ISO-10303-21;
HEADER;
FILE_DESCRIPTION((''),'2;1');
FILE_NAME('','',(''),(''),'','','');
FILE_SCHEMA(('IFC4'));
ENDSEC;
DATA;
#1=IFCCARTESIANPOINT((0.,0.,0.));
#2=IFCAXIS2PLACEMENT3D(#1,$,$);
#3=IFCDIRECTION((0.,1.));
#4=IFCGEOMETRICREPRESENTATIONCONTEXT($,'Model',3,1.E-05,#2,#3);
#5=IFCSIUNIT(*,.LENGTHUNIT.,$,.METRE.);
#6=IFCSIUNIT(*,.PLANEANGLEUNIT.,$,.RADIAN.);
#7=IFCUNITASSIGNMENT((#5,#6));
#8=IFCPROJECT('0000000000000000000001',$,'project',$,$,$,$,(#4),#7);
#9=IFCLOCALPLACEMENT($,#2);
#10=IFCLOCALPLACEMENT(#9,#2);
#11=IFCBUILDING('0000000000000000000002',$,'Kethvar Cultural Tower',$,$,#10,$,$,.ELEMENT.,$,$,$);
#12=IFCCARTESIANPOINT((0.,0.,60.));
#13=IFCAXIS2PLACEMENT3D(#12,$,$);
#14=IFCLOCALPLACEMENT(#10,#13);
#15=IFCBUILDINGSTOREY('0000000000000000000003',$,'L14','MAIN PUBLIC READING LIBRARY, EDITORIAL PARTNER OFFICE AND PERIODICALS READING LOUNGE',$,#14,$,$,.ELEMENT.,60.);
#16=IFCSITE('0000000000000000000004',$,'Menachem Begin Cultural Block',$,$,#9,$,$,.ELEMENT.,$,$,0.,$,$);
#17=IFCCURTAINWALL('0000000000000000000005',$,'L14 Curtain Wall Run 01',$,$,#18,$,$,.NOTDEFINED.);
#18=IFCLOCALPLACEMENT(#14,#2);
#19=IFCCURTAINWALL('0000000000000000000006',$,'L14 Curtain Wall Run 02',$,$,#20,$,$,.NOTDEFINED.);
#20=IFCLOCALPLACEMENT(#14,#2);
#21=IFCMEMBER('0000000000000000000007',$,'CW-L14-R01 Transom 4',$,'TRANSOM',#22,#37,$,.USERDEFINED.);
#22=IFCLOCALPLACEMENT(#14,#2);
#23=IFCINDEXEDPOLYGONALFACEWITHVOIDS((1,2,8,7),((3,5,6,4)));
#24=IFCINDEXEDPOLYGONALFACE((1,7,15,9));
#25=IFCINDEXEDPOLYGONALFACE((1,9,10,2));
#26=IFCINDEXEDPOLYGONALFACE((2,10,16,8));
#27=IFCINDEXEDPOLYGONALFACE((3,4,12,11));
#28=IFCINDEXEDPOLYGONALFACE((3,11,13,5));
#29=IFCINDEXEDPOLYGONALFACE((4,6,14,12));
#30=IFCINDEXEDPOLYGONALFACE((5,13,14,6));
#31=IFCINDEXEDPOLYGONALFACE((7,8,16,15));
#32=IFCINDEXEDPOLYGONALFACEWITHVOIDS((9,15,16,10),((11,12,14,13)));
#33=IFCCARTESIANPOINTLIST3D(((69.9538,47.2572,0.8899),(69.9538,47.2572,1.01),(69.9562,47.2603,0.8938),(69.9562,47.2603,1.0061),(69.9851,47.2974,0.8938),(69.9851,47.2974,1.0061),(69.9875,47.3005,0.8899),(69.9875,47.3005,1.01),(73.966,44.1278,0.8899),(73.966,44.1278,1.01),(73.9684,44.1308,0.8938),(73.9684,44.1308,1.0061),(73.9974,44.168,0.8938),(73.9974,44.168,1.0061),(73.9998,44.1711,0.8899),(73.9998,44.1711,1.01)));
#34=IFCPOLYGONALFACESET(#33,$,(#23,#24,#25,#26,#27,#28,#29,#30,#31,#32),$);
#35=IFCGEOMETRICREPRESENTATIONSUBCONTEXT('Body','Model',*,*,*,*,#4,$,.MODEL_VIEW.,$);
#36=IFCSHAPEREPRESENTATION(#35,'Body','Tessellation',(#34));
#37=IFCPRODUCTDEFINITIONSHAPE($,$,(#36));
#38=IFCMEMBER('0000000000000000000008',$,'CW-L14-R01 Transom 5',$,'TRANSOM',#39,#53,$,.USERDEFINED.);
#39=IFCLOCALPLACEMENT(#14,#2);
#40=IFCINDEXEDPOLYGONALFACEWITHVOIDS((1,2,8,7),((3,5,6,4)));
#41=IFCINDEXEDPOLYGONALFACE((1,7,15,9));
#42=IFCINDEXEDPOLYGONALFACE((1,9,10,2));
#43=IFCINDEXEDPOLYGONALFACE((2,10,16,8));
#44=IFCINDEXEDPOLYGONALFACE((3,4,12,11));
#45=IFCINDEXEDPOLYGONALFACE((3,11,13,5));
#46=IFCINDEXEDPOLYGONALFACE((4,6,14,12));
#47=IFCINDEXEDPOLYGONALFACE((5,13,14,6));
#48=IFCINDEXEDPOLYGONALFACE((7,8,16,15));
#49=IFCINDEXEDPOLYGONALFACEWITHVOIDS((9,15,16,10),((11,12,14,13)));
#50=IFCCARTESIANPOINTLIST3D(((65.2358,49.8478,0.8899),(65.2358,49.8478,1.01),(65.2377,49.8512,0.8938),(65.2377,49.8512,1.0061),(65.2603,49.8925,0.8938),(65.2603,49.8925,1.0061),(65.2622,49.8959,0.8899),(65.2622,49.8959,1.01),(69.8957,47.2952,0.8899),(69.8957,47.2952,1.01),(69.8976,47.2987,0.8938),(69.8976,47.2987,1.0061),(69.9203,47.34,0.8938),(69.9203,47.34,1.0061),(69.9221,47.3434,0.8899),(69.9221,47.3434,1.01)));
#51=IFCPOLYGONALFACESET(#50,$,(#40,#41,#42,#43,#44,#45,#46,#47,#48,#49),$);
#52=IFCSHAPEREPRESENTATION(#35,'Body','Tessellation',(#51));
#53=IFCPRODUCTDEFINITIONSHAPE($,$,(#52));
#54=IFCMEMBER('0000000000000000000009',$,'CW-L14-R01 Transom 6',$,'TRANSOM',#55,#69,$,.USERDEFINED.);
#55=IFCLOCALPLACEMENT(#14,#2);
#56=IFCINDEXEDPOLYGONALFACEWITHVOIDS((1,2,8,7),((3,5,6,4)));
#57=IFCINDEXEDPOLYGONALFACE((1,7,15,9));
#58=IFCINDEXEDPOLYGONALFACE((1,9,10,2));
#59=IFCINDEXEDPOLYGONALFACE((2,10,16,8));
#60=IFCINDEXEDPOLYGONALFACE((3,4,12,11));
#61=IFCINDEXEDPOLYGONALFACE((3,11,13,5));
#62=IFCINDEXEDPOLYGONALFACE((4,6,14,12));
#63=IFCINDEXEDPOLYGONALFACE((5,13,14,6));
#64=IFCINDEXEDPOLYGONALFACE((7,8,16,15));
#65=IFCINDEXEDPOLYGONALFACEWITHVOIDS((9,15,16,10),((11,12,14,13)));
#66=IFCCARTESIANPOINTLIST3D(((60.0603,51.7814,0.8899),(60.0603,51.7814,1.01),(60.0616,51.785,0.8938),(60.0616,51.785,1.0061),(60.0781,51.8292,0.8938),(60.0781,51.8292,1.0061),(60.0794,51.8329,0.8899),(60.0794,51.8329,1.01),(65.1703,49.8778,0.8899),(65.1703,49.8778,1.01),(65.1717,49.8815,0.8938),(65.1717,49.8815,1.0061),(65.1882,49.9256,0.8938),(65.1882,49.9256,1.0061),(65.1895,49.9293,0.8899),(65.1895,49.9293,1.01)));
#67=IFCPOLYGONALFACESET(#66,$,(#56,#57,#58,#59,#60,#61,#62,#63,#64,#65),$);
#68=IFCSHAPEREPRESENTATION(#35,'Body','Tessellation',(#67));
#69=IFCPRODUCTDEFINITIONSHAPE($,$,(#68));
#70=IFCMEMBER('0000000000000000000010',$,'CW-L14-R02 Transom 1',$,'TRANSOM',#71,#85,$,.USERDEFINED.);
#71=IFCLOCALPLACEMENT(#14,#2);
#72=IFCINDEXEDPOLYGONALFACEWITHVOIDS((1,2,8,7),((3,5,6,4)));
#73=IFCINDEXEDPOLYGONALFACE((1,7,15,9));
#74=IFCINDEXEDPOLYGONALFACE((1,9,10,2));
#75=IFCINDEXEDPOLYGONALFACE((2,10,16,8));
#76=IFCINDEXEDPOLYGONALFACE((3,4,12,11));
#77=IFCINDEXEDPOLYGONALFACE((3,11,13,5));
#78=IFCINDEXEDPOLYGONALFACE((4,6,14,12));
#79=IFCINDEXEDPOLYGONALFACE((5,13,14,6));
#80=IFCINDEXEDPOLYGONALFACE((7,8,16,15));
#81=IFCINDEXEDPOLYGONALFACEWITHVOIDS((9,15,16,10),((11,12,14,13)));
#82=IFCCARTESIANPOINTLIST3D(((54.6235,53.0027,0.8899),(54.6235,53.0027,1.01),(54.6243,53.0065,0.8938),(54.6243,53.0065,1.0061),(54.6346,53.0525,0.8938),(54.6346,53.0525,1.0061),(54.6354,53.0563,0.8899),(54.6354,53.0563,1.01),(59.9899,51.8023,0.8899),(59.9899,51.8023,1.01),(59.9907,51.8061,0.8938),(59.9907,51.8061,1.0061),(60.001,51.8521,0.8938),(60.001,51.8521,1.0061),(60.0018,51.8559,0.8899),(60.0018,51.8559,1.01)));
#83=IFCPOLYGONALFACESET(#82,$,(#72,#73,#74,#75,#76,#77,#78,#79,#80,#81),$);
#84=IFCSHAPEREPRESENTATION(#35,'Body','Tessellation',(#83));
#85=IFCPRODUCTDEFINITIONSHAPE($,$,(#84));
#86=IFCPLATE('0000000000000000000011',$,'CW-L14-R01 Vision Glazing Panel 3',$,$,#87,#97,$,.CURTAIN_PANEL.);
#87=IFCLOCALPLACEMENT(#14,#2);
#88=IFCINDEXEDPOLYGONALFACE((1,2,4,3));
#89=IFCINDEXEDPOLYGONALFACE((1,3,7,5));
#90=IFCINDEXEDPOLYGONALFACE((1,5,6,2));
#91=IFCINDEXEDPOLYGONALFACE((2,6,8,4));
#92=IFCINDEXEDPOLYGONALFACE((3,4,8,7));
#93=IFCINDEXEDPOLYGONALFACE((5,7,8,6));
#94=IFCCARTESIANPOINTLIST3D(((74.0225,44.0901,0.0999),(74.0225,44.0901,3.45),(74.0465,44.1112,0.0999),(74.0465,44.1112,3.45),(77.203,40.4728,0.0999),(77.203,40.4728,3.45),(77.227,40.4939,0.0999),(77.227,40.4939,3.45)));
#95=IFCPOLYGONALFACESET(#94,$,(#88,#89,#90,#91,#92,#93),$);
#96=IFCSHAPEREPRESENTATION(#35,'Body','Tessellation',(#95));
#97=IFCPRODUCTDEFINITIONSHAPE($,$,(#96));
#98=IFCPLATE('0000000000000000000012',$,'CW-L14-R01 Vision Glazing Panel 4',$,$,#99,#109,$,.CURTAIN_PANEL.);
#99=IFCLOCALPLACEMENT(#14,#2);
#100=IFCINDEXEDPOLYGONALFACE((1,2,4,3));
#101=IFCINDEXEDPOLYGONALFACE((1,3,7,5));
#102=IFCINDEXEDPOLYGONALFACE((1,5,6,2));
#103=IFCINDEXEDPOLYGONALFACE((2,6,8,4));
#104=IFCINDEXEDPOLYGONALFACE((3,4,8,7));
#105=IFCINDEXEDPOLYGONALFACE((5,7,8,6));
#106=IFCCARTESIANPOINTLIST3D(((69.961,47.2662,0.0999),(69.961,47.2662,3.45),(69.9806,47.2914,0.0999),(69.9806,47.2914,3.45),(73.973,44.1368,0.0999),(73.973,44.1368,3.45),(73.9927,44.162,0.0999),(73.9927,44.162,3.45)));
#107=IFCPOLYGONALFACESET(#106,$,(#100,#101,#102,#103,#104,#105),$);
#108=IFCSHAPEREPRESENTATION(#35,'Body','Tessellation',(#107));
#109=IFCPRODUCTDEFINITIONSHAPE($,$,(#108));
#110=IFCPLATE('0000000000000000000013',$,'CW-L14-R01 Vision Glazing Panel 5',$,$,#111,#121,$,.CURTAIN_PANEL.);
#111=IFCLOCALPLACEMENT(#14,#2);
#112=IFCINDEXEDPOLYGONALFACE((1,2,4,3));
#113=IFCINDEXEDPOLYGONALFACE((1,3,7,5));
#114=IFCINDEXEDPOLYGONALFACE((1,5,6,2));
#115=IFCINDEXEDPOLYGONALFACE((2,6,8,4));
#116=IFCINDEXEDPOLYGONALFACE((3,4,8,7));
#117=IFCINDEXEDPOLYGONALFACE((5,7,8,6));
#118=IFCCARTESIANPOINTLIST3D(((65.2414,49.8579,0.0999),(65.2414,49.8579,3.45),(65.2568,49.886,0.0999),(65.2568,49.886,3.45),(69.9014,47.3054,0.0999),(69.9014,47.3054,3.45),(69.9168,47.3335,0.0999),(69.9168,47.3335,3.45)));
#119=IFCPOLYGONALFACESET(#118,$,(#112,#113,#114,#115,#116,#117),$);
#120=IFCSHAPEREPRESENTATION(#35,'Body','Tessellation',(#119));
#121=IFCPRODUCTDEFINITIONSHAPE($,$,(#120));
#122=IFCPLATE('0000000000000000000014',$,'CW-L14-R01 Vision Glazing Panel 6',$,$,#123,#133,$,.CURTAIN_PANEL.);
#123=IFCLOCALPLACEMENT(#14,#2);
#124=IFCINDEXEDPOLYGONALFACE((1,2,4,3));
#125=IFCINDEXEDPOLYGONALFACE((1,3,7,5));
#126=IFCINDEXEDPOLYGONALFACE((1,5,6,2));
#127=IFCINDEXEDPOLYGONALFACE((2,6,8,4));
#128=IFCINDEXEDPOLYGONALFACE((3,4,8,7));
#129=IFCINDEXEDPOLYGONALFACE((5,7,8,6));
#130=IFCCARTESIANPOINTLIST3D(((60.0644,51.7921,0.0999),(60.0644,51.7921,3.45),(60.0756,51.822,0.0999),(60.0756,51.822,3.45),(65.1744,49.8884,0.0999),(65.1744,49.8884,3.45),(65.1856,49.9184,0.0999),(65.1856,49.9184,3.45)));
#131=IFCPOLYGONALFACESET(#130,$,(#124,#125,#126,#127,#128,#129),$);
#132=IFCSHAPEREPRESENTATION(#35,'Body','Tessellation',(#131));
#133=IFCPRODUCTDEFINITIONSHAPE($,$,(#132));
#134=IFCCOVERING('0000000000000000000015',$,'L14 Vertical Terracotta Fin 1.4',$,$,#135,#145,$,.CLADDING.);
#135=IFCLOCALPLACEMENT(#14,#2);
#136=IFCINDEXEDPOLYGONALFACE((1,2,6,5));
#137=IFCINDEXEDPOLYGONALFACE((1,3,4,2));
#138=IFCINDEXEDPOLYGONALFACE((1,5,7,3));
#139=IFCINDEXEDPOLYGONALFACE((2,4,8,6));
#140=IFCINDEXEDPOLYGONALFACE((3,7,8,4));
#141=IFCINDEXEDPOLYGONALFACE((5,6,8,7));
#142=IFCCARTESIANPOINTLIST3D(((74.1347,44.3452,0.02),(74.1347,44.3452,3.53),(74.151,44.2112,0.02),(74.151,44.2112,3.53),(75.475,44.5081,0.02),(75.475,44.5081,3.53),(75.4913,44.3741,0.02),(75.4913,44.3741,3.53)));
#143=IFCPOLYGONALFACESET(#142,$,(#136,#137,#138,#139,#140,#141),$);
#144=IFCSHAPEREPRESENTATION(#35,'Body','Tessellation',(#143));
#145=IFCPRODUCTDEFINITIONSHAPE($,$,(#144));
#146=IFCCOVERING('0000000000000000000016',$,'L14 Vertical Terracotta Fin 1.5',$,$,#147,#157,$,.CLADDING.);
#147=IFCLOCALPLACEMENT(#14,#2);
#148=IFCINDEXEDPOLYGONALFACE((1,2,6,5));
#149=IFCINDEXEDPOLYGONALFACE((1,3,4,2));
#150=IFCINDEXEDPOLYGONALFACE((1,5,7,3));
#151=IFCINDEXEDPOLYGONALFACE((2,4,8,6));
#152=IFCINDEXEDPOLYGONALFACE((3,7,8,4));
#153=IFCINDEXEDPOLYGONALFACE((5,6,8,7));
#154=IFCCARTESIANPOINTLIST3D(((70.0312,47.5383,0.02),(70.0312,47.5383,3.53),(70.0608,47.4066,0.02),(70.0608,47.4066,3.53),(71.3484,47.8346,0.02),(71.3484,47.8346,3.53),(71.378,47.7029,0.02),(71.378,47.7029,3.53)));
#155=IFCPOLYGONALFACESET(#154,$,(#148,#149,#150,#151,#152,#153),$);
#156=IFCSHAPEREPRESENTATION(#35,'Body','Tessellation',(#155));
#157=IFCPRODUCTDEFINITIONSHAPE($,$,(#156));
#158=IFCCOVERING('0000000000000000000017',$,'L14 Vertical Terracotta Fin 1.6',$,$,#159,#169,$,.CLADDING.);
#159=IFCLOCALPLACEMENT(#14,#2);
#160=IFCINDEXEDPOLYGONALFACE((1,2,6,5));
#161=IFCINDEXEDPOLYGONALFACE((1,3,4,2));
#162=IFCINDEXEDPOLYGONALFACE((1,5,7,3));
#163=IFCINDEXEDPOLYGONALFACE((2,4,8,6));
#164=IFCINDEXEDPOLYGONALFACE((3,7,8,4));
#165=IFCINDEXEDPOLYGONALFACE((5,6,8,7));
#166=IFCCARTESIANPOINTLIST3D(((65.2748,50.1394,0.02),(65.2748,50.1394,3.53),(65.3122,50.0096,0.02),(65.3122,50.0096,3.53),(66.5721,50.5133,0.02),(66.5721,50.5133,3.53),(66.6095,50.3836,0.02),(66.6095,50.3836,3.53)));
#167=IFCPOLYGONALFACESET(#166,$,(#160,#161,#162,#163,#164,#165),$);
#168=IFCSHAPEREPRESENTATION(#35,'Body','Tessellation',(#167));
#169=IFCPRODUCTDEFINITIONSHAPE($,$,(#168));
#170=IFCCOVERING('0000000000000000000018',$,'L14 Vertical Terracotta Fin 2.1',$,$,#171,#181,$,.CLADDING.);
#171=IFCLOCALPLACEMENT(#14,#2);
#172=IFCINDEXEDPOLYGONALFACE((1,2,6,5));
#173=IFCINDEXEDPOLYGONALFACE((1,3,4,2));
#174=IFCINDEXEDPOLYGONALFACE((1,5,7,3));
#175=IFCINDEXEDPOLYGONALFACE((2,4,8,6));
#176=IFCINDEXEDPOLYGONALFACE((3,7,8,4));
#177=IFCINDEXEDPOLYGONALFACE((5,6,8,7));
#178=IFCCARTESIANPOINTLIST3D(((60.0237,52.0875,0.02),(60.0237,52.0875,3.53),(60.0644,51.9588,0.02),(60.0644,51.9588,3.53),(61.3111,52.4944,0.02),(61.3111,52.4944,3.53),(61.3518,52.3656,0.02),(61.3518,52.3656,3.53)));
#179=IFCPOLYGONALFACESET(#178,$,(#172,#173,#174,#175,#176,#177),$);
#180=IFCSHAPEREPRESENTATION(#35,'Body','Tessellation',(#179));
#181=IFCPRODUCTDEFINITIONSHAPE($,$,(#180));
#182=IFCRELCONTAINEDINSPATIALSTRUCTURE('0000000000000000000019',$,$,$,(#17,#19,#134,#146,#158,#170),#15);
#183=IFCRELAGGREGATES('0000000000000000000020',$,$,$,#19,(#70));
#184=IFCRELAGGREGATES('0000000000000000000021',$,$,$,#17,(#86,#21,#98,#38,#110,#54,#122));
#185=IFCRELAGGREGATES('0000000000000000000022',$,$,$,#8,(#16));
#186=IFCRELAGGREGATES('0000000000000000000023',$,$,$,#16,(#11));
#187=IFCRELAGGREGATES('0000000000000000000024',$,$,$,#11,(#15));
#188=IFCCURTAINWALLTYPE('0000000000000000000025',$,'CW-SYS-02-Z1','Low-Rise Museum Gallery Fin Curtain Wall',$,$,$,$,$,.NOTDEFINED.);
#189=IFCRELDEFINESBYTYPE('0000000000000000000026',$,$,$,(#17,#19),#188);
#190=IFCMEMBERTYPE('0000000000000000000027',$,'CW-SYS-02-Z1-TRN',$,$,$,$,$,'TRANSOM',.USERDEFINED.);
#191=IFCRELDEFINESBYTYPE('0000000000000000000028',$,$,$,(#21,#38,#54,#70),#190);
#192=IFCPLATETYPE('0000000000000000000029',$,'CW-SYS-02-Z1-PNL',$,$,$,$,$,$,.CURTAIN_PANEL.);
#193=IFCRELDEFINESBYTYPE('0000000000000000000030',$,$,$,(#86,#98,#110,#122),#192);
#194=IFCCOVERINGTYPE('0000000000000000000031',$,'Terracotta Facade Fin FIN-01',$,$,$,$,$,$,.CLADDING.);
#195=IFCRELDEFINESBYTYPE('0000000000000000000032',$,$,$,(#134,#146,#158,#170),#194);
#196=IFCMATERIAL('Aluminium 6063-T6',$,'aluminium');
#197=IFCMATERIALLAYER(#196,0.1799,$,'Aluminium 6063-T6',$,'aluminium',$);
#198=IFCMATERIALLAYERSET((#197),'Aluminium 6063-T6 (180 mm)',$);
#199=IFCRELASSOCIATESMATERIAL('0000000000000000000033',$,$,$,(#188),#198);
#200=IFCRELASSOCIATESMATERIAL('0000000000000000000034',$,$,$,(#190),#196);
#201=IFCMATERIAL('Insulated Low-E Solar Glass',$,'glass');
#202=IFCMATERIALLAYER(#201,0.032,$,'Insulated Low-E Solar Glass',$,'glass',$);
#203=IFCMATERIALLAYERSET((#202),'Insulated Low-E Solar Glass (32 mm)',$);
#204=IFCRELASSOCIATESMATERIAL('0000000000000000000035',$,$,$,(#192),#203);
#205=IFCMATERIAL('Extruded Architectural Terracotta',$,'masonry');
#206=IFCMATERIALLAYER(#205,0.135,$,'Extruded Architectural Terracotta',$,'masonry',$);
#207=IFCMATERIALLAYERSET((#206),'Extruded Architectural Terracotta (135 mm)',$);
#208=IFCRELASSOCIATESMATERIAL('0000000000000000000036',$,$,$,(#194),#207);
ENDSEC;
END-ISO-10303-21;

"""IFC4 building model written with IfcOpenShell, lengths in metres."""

from ifc_helpers import new_model, si_unit, direction, frame, origin, origin_2d, place, context, subcontext, project, spatial, rectangle, hollow_rectangle, extrude, source, transform, mapped, material, layer, layer_set, material_profile, profile_set, type_object, element, aggregate, save


model = new_model("IFC4")

# Units and contexts
model_context = context("Model", 3, precision=1e-05, world=origin(), true_north=direction((0.0, 1.0)))
body_context = subcontext(model_context, "Body", "Model", "MODEL_VIEW")
ifc_project = project(units=[si_unit("LENGTHUNIT", "METRE"), si_unit("PLANEANGLEUNIT", "RADIAN")], contexts=[model_context])

# Site, building, storey
site_placement = place(None, origin())
site = spatial("IfcSite", under=ifc_project, at=site_placement, Name="Menachem Begin Cultural Block", CompositionType="ELEMENT", RefElevation=0.0)
building_placement = place(site_placement, origin())
building = spatial("IfcBuilding", under=site, at=building_placement, Name="Kethvar Cultural Tower", CompositionType="ELEMENT")
storey_placement = place(building_placement, frame((0.0, 0.0, 60.0)))
storey = spatial("IfcBuildingStorey", under=building, at=storey_placement, Name="L14", Description="MAIN PUBLIC READING LIBRARY, EDITORIAL PARTNER OFFICE AND PERIODICALS READING LOUNGE", CompositionType="ELEMENT", Elevation=60.0)

# Curtain wall
ifc_material_1 = material(Name="Aluminium 6063-T6", Category="aluminium")
ifc_layer_1 = layer(ifc_material_1, 0.1799, Name="Aluminium 6063-T6", Category="aluminium")
ifc_layer_set_1 = layer_set([ifc_layer_1], Name="Aluminium 6063-T6 (180 mm)")
curtain_wall_type = type_object("IfcCurtainWallType", Name="CW-SYS-02-Z1", Description="Low-Rise Museum Gallery Fin Curtain Wall", PredefinedType="NOTDEFINED", material=ifc_layer_set_1)
curtain_wall_1_placement = place(storey_placement, origin())
curtain_wall_1 = element("IfcCurtainWall", 1, at=curtain_wall_1_placement, inside=storey, type_object=curtain_wall_type, Name="L14 Curtain Wall Run 01", PredefinedType="NOTDEFINED")

# Curtain wall
curtain_wall_2_placement = place(storey_placement, origin())
curtain_wall_2 = element("IfcCurtainWall", 2, at=curtain_wall_2_placement, inside=storey, type_object=curtain_wall_type, Name="L14 Curtain Wall Run 02", PredefinedType="NOTDEFINED")

# Members
ifc_material_profile_1 = material_profile(ifc_material_1, hollow_rectangle(XDim=0.0549, YDim=0.1201, WallThickness=0.0039, at=origin_2d()), Name="Aluminium 6063-T6 — RHS120x55x4")
ifc_profile_set_1 = profile_set([ifc_material_profile_1], Name="Aluminium 6063-T6 — RHS120x55x4")
member_type_1 = type_object("IfcMemberType", Name="CW-SYS-02-Z1-TRN", ElementType="TRANSOM", PredefinedType="USERDEFINED", material=ifc_profile_set_1)
shared_shape_1 = source(origin(), body_context, "Body", "SweptSolid", [
    extrude(hollow_rectangle(XDim=0.0549, YDim=0.1201, WallThickness=0.0039, at=origin_2d()), origin(), (0.0, 0.0, 1.0), 5.0884),
])
member_1_placement = place(storey_placement, frame((73.9829, 44.1494, 0.95), z_axis=(-0.788514, 0.615016, 0.0), x_axis=(-0.615016, -0.788514, 0.0)))
member_1 = element("IfcMember", 3, at=member_1_placement, type_object=member_type_1, Name="CW-L14-R01 Transom 4", ObjectType="TRANSOM", PredefinedType="USERDEFINED", context=body_context, shape_type="MappedRepresentation", body=[
    mapped(shared_shape_1, transform((0.0, 0.0, 0.0), scale=1.0)),
])
shared_shape_2 = source(origin(), body_context, "Body", "SweptSolid", [
    extrude(hollow_rectangle(XDim=0.0549, YDim=0.1201, WallThickness=0.0039, at=origin_2d()), origin(), (0.0, 0.0, 1.0), 5.3132),
])
member_2_placement = place(storey_placement, frame((69.9089, 47.3193, 0.95), z_axis=(-0.877046, 0.480406, 0.0), x_axis=(-0.480406, -0.877046, 0.0)))
member_2 = element("IfcMember", 4, at=member_2_placement, type_object=member_type_1, Name="CW-L14-R01 Transom 5", ObjectType="TRANSOM", PredefinedType="USERDEFINED", context=body_context, shape_type="MappedRepresentation", body=[
    mapped(shared_shape_2, transform((0.0, 0.0, 0.0), scale=1.0)),
])
shared_shape_3 = source(origin(), body_context, "Body", "SweptSolid", [
    extrude(hollow_rectangle(XDim=0.0549, YDim=0.1201, WallThickness=0.0039, at=origin_2d()), origin(), (0.0, 0.0, 1.0), 5.4531),
])
member_3_placement = place(storey_placement, frame((65.1799, 49.9036, 0.95), z_axis=(-0.937094, 0.349077, 0.0), x_axis=(-0.349077, -0.937094, 0.0)))
member_3 = element("IfcMember", 5, at=member_3_placement, type_object=member_type_1, Name="CW-L14-R01 Transom 6", ObjectType="TRANSOM", PredefinedType="USERDEFINED", context=body_context, shape_type="MappedRepresentation", body=[
    mapped(shared_shape_3, transform((0.0, 0.0, 0.0), scale=1.0)),
])
shared_shape_4 = source(origin(), body_context, "Body", "SweptSolid", [
    extrude(hollow_rectangle(XDim=0.0549, YDim=0.1201, WallThickness=0.0039, at=origin_2d()), origin(), (0.0, 0.0, 1.0), 5.499),
])
member_4_placement = place(storey_placement, frame((59.9958, 51.8291, 0.95), z_axis=(-0.975882, 0.218298, 0.0), x_axis=(-0.218298, -0.975882, 0.0)))
member_4 = element("IfcMember", 6, at=member_4_placement, type_object=member_type_1, Name="CW-L14-R02 Transom 1", ObjectType="TRANSOM", PredefinedType="USERDEFINED", context=body_context, shape_type="MappedRepresentation", body=[
    mapped(shared_shape_4, transform((0.0, 0.0, 0.0), scale=1.0)),
])
aggregate(curtain_wall_2, [member_4])

# Plates
ifc_material_2 = material(Name="Insulated Low-E Solar Glass", Category="glass")
ifc_layer_2 = layer(ifc_material_2, 0.032, Name="Insulated Low-E Solar Glass", Category="glass")
ifc_layer_set_2 = layer_set([ifc_layer_2], Name="Insulated Low-E Solar Glass (32 mm)")
plate_type = type_object("IfcPlateType", Name="CW-SYS-02-Z1-PNL", PredefinedType="CURTAIN_PANEL", material=ifc_layer_set_2)
shared_shape_5 = source(origin(), body_context, "Body", "SweptSolid", [
    extrude(rectangle(XDim=4.8167, YDim=0.032, at=origin_2d()), origin(), (0.0, 0.0, 1.0), 3.3501),
])
plate_1_placement = place(storey_placement, frame((75.6248, 42.292, 0.0999), z_axis=(0.0, 0.0, 1.0), x_axis=(-0.660316, 0.750988, 0.0)))
plate_1 = element("IfcPlate", 7, at=plate_1_placement, type_object=plate_type, Name="CW-L14-R01 Vision Glazing Panel 3", PredefinedType="CURTAIN_PANEL", context=body_context, shape_type="MappedRepresentation", body=[
    mapped(shared_shape_5, transform((0.0, 0.0, 0.0), scale=1.0)),
])
shared_shape_6 = source(origin(), body_context, "Body", "SweptSolid", [
    extrude(rectangle(XDim=5.0881, YDim=0.032, at=origin_2d()), origin(), (0.0, 0.0, 1.0), 3.3501),
])
plate_2_placement = place(storey_placement, frame((71.9768, 45.7141, 0.0999), z_axis=(0.0, 0.0, 1.0), x_axis=(-0.788505, 0.615029, 0.0)))
plate_2 = element("IfcPlate", 8, at=plate_2_placement, type_object=plate_type, Name="CW-L14-R01 Vision Glazing Panel 4", PredefinedType="CURTAIN_PANEL", context=body_context, shape_type="MappedRepresentation", body=[
    mapped(shared_shape_6, transform((0.0, 0.0, 0.0), scale=1.0)),
])
shared_shape_7 = source(origin(), body_context, "Body", "SweptSolid", [
    extrude(rectangle(XDim=5.3132, YDim=0.032, at=origin_2d()), origin(), (0.0, 0.0, 1.0), 3.3501),
])
plate_3_placement = place(storey_placement, frame((67.5791, 48.5957, 0.0999), z_axis=(0.0, 0.0, 1.0), x_axis=(-0.877046, 0.480407, 0.0)))
plate_3 = element("IfcPlate", 9, at=plate_3_placement, type_object=plate_type, Name="CW-L14-R01 Vision Glazing Panel 5", PredefinedType="CURTAIN_PANEL", context=body_context, shape_type="MappedRepresentation", body=[
    mapped(shared_shape_7, transform((0.0, 0.0, 0.0), scale=1.0)),
])
shared_shape_8 = source(origin(), body_context, "Body", "SweptSolid", [
    extrude(rectangle(XDim=5.4531, YDim=0.032, at=origin_2d()), origin(), (0.0, 0.0, 1.0), 3.3501),
])
plate_4_placement = place(storey_placement, frame((62.625, 50.8552, 0.0999), z_axis=(0.0, 0.0, 1.0), x_axis=(-0.937087, 0.349095, 0.0)))
plate_4 = element("IfcPlate", 10, at=plate_4_placement, type_object=plate_type, Name="CW-L14-R01 Vision Glazing Panel 6", PredefinedType="CURTAIN_PANEL", context=body_context, shape_type="MappedRepresentation", body=[
    mapped(shared_shape_8, transform((0.0, 0.0, 0.0), scale=1.0)),
])
aggregate(curtain_wall_1, [plate_1, member_1, plate_2, member_2, plate_3, member_3, plate_4])

# Coverings
ifc_material_3 = material(Name="Extruded Architectural Terracotta", Category="masonry")
ifc_layer_3 = layer(ifc_material_3, 0.135, Name="Extruded Architectural Terracotta", Category="masonry")
ifc_layer_set_3 = layer_set([ifc_layer_3], Name="Extruded Architectural Terracotta (135 mm)")
covering_type = type_object("IfcCoveringType", Name="Terracotta Facade Fin FIN-01", PredefinedType="CLADDING", material=ifc_layer_set_3)
shared_shape_9 = source(origin(), body_context, "Body", "SweptSolid", [
    extrude(rectangle(XDim=1.3501, YDim=0.135, at=origin_2d()), origin(), (0.0, 0.0, 1.0), 3.51),
])
for number, where, z_axis, x_axis, name in (
    (11, (74.813, 44.3596, 0.02), (0.0, 0.0, 1.0), (0.992694, 0.120657, 0.0), "L14 Vertical Terracotta Fin 1.4"),
    (12, (70.7046, 47.6206, 0.02), (0.0, 0.0, 1.0), (0.975611, 0.219506, 0.0), "L14 Vertical Terracotta Fin 1.5"),
    (13, (65.9421, 50.2615, 0.02), (0.0, 0.0, 1.0), (0.960876, 0.276979, 0.0), "L14 Vertical Terracotta Fin 1.6"),
    (14, (60.6877, 52.2266, 0.02), (0.0, 0.0, 1.0), (0.953507, 0.301372, 0.0), "L14 Vertical Terracotta Fin 2.1"),
):
    element("IfcCovering", number, at=place(storey_placement, frame(where, z_axis=z_axis, x_axis=x_axis)), inside=storey, type_object=covering_type, Name=name, PredefinedType="CLADDING", context=body_context, shape_type="MappedRepresentation", body=[
        mapped(shared_shape_9, transform((0.0, 0.0, 0.0), scale=1.0)),
    ])

save(model, "model.ifc")
